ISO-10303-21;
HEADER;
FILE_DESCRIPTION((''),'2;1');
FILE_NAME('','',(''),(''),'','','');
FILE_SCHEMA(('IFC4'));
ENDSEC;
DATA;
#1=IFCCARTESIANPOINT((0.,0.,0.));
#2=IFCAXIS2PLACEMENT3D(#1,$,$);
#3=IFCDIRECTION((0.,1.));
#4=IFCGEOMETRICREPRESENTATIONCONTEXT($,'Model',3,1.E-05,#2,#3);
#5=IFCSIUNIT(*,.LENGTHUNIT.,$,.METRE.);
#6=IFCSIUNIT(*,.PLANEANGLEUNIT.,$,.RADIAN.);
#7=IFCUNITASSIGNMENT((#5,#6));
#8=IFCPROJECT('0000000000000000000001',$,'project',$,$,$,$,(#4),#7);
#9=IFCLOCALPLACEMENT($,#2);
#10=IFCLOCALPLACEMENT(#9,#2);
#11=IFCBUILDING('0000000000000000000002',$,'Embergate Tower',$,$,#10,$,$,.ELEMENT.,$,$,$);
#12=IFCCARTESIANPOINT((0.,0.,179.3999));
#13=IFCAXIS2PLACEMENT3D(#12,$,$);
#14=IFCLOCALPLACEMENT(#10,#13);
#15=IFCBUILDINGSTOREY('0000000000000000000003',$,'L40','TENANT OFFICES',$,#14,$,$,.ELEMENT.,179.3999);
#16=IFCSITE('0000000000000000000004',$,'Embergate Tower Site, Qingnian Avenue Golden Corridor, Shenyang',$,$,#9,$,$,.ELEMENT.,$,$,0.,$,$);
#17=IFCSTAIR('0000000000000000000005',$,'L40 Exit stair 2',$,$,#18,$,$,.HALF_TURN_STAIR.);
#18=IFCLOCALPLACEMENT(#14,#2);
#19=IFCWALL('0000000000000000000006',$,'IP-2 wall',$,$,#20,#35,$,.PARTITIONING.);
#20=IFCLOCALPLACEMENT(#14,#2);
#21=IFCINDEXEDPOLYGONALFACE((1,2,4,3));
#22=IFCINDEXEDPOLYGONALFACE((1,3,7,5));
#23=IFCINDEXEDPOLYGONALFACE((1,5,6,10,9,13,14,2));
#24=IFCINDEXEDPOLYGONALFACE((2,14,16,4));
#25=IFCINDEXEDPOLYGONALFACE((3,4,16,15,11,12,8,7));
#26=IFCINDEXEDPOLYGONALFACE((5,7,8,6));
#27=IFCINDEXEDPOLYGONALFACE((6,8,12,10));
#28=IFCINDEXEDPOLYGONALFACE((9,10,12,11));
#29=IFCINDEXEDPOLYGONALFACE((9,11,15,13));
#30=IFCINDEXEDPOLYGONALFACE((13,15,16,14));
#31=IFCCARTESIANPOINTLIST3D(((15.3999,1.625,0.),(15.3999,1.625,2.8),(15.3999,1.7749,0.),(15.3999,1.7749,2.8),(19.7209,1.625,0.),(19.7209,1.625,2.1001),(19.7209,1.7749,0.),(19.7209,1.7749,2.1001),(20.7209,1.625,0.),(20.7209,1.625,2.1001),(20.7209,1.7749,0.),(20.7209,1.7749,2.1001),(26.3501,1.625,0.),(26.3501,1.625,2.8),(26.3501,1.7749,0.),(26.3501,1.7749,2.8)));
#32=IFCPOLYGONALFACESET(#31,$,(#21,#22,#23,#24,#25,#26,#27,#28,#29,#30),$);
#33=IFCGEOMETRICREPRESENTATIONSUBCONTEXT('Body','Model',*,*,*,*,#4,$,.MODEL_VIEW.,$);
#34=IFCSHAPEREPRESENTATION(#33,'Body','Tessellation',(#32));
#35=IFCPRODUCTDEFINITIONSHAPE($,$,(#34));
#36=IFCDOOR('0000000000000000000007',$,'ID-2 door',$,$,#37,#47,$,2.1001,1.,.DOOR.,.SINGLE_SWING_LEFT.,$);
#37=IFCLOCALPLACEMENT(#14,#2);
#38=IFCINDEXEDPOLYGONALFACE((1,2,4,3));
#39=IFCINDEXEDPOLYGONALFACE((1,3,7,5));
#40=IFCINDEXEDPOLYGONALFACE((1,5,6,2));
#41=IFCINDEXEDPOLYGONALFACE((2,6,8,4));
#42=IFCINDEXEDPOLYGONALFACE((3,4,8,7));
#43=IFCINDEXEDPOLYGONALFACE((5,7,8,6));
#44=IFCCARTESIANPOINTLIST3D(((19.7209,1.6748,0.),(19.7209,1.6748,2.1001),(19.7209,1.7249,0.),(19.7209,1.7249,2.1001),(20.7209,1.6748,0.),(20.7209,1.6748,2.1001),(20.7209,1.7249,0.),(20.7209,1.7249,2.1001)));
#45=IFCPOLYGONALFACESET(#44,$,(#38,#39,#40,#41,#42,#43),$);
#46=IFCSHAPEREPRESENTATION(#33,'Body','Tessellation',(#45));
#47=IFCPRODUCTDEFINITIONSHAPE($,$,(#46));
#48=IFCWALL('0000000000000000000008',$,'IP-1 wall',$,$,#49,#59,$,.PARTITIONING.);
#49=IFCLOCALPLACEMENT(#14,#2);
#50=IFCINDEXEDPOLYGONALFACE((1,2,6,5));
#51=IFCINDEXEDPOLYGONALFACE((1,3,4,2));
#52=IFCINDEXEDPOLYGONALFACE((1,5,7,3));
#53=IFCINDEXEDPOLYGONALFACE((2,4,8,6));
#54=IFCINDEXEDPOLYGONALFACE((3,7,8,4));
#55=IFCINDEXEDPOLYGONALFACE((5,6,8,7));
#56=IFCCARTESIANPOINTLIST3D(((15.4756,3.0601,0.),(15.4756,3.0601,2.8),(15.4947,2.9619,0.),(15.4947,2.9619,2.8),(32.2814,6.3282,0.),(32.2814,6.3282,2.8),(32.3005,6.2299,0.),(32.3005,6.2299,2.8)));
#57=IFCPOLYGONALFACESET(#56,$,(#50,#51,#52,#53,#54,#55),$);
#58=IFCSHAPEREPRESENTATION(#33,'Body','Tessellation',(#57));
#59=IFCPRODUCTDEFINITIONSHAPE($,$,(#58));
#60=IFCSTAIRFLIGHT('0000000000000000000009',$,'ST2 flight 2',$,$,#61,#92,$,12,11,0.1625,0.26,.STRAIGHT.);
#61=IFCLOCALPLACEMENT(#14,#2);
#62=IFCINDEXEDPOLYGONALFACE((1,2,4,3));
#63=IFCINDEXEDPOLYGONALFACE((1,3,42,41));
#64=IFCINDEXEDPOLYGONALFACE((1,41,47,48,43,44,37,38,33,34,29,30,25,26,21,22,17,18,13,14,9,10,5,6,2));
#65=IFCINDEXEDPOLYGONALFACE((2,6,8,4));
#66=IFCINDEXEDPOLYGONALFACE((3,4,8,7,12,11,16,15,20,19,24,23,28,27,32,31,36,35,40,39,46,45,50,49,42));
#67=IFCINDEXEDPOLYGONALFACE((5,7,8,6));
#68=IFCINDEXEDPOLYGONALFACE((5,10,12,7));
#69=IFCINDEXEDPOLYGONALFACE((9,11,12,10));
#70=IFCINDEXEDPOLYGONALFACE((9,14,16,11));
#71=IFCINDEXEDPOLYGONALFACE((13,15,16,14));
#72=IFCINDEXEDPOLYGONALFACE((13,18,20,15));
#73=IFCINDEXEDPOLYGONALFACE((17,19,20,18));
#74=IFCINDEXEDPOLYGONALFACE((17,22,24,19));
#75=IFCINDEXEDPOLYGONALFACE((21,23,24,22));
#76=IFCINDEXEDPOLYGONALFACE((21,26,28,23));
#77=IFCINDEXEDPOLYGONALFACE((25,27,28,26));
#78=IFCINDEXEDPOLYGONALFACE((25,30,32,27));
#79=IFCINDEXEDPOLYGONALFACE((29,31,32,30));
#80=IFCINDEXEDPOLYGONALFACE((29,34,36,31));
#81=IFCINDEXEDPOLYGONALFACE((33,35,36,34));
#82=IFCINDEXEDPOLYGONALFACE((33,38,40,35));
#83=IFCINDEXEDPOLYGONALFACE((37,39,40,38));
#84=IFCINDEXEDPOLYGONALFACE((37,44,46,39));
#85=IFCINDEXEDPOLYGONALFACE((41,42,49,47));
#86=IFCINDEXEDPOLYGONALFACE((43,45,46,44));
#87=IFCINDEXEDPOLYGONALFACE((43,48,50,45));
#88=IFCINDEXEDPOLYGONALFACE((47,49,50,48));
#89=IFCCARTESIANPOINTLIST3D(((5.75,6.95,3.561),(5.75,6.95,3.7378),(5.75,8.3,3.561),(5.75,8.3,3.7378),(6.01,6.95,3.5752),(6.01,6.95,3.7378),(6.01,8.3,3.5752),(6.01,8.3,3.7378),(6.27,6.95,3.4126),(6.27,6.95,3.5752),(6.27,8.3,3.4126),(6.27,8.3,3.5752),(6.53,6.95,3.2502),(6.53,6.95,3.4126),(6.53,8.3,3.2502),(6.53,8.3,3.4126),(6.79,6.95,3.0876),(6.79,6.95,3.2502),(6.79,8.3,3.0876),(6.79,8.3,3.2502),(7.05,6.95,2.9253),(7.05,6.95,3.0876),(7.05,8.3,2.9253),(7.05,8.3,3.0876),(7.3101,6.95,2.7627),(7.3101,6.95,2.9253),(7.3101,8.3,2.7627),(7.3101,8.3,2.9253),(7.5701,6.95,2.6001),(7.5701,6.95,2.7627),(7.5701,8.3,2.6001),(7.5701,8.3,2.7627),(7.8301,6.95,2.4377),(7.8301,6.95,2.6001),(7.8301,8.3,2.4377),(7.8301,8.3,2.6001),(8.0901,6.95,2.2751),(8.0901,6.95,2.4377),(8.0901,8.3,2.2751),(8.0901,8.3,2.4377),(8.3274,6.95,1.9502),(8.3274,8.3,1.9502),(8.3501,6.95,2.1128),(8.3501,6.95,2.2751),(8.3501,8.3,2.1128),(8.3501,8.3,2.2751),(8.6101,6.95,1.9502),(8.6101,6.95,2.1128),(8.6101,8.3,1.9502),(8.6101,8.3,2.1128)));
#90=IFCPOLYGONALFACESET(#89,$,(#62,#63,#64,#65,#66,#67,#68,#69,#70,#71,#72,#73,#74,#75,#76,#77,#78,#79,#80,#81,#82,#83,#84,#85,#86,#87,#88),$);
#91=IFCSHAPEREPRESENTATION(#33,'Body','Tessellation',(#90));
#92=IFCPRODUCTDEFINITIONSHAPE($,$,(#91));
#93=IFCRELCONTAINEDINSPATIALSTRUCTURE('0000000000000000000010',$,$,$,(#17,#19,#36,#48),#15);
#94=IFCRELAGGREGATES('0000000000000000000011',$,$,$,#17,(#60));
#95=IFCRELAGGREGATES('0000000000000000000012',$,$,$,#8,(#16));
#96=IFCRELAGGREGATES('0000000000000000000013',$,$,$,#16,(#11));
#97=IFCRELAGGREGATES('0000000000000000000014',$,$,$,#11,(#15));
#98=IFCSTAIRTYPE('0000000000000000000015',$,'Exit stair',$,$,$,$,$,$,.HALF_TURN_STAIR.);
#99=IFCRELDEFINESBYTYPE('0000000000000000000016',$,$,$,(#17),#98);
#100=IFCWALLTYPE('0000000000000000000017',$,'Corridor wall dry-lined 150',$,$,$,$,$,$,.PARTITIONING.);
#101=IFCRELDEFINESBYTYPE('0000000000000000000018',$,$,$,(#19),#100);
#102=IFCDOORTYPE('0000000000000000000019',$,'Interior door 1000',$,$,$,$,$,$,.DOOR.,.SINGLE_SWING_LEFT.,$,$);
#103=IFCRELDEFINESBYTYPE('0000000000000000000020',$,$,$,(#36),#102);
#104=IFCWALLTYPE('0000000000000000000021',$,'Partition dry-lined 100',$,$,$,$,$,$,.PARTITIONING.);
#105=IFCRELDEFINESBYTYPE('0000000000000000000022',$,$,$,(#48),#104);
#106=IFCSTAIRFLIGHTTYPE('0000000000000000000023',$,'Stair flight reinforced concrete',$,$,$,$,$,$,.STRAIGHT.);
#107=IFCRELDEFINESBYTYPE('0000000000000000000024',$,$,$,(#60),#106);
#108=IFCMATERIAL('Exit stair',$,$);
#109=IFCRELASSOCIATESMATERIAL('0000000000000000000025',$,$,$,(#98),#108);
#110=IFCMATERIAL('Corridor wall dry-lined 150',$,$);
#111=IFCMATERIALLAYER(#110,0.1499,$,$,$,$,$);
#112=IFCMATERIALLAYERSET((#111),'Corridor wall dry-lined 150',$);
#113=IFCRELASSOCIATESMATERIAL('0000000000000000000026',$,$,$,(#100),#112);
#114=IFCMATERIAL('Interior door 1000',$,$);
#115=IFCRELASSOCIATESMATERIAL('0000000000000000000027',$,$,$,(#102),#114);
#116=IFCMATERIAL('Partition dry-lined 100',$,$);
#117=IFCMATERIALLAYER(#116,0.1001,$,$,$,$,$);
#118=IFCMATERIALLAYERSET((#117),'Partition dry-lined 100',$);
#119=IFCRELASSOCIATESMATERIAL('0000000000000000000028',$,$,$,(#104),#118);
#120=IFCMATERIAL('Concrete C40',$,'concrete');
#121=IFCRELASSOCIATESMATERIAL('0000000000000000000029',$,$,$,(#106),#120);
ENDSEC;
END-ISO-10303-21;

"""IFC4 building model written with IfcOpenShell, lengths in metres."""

from ifc_helpers import new_model, si_unit, direction, frame, frame_2d, origin, place, context, subcontext, project, spatial, polyline, rectangle, outline, extrude, source, transform, mapped, material, layer, layer_set, type_object, element, fill, aggregate, save


model = new_model("IFC4")

# Units and contexts
model_context = context("Model", 3, precision=1e-05, world=origin(), true_north=direction((0.0, 1.0)))
body_context = subcontext(model_context, "Body", "Model", "MODEL_VIEW")
ifc_project = project(units=[si_unit("LENGTHUNIT", "METRE"), si_unit("PLANEANGLEUNIT", "RADIAN")], contexts=[model_context])

# Site, building, storey
site_placement = place(None, origin())
site = spatial("IfcSite", under=ifc_project, at=site_placement, Name="Embergate Tower Site, Qingnian Avenue Golden Corridor, Shenyang", CompositionType="ELEMENT", RefElevation=0.0)
building_placement = place(site_placement, origin())
building = spatial("IfcBuilding", under=site, at=building_placement, Name="Embergate Tower", CompositionType="ELEMENT")
storey_placement = place(building_placement, frame((0.0, 0.0, 179.3999)))
storey = spatial("IfcBuildingStorey", under=building, at=storey_placement, Name="L40", Description="TENANT OFFICES", CompositionType="ELEMENT", Elevation=179.3999)

# Stair
ifc_material_1 = material(Name="Exit stair")
stair_type = type_object("IfcStairType", Name="Exit stair", PredefinedType="HALF_TURN_STAIR", material=ifc_material_1)
stair_placement = place(storey_placement, origin())
stair = element("IfcStair", 1, at=stair_placement, inside=storey, type_object=stair_type, Name="L40 Exit stair 2", PredefinedType="HALF_TURN_STAIR")
ifc_material_2 = material(Name="Concrete C40", Category="concrete")

# Wall, opening, door
ifc_material_3 = material(Name="Corridor wall dry-lined 150")
ifc_layer_1 = layer(ifc_material_3, 0.1499)
ifc_layer_set_1 = layer_set([ifc_layer_1], Name="Corridor wall dry-lined 150")
wall_type_1 = type_object("IfcWallType", Name="Corridor wall dry-lined 150", PredefinedType="PARTITIONING", material=ifc_layer_set_1)
shared_shape_1 = source(origin(), body_context, "Body", "SweptSolid", [
    extrude(rectangle(XDim=10.9502, YDim=0.1499, at=frame_2d((5.4751, 0.0))), origin(), (0.0, 0.0, 1.0), 2.8),
])
wall_1_placement = place(storey_placement, frame((15.3999, 1.7, 0.0), z_axis=(0.0, 0.0, 1.0), x_axis=(1.0, 0.0, 0.0)))
wall_1 = element("IfcWall", 2, at=wall_1_placement, inside=storey, type_object=wall_type_1, Name="IP-2 wall", PredefinedType="PARTITIONING", context=body_context, shape_type="MappedRepresentation", body=[
    mapped(shared_shape_1, transform((0.0, 0.0, 0.0))),
])
shared_shape_2 = source(origin(), body_context, "Body", "SweptSolid", [
    extrude(rectangle(XDim=1.0, YDim=2.1001, at=frame_2d((0.5, 1.05))), frame((0.0, 0.085, 0.0), z_axis=(0.0, -1.0, 0.0), x_axis=(1.0, 0.0, 0.0)), (0.0, 0.0, 1.0), 0.1699),
])
opening_1_placement = place(wall_1_placement, frame((4.321, 0.0, 0.0)))
opening_1 = element("IfcOpeningElement", 3, at=opening_1_placement, cuts=wall_1, PredefinedType="OPENING", context=body_context, shape_type="MappedRepresentation", body=[
    mapped(shared_shape_2, transform((0.0, 0.0, 0.0))),
])
ifc_material_4 = material(Name="Interior door 1000")
door_type_1 = type_object("IfcDoorType", Name="Interior door 1000", OperationType="SINGLE_SWING_LEFT", PredefinedType="DOOR", material=ifc_material_4)
shared_shape_3 = source(origin(), body_context, "Body", "SweptSolid", [
    extrude(rectangle(XDim=1.0, YDim=2.1001, at=frame_2d((0.5, 1.05))), frame((0.0, 0.0249, 0.0), z_axis=(0.0, -1.0, 0.0), x_axis=(1.0, 0.0, 0.0)), (0.0, 0.0, 1.0), 0.05),
])
door_1_placement = place(opening_1_placement, origin())
door_1 = element("IfcDoor", 4, at=door_1_placement, inside=storey, type_object=door_type_1, Name="ID-2 door", OperationType="SINGLE_SWING_LEFT", OverallHeight=2.1001, OverallWidth=1.0, PredefinedType="DOOR", context=body_context, shape_type="MappedRepresentation", body=[
    mapped(shared_shape_3, transform((0.0, 0.0, 0.0))),
])
fill(opening_1, door_1)

# Wall
ifc_material_5 = material(Name="Partition dry-lined 100")
ifc_layer_2 = layer(ifc_material_5, 0.1001)
ifc_layer_set_2 = layer_set([ifc_layer_2], Name="Partition dry-lined 100")
wall_type_2 = type_object("IfcWallType", Name="Partition dry-lined 100", PredefinedType="PARTITIONING", material=ifc_layer_set_2)
shared_shape_4 = source(origin(), body_context, "Body", "SweptSolid", [
    extrude(rectangle(XDim=17.1206, YDim=0.1001, at=frame_2d((8.5603, 0.0))), origin(), (0.0, 0.0, 1.0), 2.8),
])
wall_2_placement = place(storey_placement, frame((15.4851, 3.011, 0.0), z_axis=(0.0, 0.0, 1.0), x_axis=(0.981613, 0.190884, 0.0)))
element("IfcWall", 5, at=wall_2_placement, inside=storey, type_object=wall_type_2, Name="IP-1 wall", PredefinedType="PARTITIONING", context=body_context, shape_type="MappedRepresentation", body=[
    mapped(shared_shape_4, transform((0.0, 0.0, 0.0))),
])

# Stair flight
stair_flight_type = type_object("IfcStairFlightType", Name="Stair flight reinforced concrete", PredefinedType="STRAIGHT", material=ifc_material_2)
shared_shape_5 = source(origin(), body_context, "Body", "SweptSolid", [
    extrude(outline(polyline([(0.0, 0.0), (0.0, 0.1626), (0.26, 0.1626), (0.26, 0.325), (0.52, 0.325), (0.52, 0.4875), (0.78, 0.4875), (0.78, 0.6499), (1.04, 0.6499), (1.04, 0.8125), (1.3, 0.8125), (1.3, 0.9751), (1.5601, 0.9751), (1.5601, 1.1375), (1.8201, 1.1375), (1.8201, 1.3), (2.0801, 1.3), (2.0801, 1.4624), (2.3401, 1.4624), (2.3401, 1.625), (2.6001, 1.625), (2.6001, 1.7876), (2.8601, 1.7876), (2.8601, 1.95), (2.8601, 1.6108), (0.2827, 0.0), (0.0, 0.0)])), frame((0.0, 0.675, 0.0), z_axis=(0.0, -1.0, 0.0), x_axis=(1.0, 0.0, 0.0)), (0.0, 0.0, 1.0), 1.3501),
])
stair_flight_placement = place(storey_placement, frame((8.6101, 7.625, 1.9502), z_axis=(0.0, 0.0, 1.0), x_axis=(-1.0, 0.0, 0.0)))
stair_flight = element("IfcStairFlight", 6, at=stair_flight_placement, type_object=stair_flight_type, Name="ST2 flight 2", NumberOfRisers=12, NumberOfTreads=11, PredefinedType="STRAIGHT", RiserHeight=0.1625, TreadLength=0.26, context=body_context, shape_type="MappedRepresentation", body=[
    mapped(shared_shape_5, transform((0.0, 0.0, 0.0))),
])
aggregate(stair, [stair_flight])

save(model, "model.ifc")
